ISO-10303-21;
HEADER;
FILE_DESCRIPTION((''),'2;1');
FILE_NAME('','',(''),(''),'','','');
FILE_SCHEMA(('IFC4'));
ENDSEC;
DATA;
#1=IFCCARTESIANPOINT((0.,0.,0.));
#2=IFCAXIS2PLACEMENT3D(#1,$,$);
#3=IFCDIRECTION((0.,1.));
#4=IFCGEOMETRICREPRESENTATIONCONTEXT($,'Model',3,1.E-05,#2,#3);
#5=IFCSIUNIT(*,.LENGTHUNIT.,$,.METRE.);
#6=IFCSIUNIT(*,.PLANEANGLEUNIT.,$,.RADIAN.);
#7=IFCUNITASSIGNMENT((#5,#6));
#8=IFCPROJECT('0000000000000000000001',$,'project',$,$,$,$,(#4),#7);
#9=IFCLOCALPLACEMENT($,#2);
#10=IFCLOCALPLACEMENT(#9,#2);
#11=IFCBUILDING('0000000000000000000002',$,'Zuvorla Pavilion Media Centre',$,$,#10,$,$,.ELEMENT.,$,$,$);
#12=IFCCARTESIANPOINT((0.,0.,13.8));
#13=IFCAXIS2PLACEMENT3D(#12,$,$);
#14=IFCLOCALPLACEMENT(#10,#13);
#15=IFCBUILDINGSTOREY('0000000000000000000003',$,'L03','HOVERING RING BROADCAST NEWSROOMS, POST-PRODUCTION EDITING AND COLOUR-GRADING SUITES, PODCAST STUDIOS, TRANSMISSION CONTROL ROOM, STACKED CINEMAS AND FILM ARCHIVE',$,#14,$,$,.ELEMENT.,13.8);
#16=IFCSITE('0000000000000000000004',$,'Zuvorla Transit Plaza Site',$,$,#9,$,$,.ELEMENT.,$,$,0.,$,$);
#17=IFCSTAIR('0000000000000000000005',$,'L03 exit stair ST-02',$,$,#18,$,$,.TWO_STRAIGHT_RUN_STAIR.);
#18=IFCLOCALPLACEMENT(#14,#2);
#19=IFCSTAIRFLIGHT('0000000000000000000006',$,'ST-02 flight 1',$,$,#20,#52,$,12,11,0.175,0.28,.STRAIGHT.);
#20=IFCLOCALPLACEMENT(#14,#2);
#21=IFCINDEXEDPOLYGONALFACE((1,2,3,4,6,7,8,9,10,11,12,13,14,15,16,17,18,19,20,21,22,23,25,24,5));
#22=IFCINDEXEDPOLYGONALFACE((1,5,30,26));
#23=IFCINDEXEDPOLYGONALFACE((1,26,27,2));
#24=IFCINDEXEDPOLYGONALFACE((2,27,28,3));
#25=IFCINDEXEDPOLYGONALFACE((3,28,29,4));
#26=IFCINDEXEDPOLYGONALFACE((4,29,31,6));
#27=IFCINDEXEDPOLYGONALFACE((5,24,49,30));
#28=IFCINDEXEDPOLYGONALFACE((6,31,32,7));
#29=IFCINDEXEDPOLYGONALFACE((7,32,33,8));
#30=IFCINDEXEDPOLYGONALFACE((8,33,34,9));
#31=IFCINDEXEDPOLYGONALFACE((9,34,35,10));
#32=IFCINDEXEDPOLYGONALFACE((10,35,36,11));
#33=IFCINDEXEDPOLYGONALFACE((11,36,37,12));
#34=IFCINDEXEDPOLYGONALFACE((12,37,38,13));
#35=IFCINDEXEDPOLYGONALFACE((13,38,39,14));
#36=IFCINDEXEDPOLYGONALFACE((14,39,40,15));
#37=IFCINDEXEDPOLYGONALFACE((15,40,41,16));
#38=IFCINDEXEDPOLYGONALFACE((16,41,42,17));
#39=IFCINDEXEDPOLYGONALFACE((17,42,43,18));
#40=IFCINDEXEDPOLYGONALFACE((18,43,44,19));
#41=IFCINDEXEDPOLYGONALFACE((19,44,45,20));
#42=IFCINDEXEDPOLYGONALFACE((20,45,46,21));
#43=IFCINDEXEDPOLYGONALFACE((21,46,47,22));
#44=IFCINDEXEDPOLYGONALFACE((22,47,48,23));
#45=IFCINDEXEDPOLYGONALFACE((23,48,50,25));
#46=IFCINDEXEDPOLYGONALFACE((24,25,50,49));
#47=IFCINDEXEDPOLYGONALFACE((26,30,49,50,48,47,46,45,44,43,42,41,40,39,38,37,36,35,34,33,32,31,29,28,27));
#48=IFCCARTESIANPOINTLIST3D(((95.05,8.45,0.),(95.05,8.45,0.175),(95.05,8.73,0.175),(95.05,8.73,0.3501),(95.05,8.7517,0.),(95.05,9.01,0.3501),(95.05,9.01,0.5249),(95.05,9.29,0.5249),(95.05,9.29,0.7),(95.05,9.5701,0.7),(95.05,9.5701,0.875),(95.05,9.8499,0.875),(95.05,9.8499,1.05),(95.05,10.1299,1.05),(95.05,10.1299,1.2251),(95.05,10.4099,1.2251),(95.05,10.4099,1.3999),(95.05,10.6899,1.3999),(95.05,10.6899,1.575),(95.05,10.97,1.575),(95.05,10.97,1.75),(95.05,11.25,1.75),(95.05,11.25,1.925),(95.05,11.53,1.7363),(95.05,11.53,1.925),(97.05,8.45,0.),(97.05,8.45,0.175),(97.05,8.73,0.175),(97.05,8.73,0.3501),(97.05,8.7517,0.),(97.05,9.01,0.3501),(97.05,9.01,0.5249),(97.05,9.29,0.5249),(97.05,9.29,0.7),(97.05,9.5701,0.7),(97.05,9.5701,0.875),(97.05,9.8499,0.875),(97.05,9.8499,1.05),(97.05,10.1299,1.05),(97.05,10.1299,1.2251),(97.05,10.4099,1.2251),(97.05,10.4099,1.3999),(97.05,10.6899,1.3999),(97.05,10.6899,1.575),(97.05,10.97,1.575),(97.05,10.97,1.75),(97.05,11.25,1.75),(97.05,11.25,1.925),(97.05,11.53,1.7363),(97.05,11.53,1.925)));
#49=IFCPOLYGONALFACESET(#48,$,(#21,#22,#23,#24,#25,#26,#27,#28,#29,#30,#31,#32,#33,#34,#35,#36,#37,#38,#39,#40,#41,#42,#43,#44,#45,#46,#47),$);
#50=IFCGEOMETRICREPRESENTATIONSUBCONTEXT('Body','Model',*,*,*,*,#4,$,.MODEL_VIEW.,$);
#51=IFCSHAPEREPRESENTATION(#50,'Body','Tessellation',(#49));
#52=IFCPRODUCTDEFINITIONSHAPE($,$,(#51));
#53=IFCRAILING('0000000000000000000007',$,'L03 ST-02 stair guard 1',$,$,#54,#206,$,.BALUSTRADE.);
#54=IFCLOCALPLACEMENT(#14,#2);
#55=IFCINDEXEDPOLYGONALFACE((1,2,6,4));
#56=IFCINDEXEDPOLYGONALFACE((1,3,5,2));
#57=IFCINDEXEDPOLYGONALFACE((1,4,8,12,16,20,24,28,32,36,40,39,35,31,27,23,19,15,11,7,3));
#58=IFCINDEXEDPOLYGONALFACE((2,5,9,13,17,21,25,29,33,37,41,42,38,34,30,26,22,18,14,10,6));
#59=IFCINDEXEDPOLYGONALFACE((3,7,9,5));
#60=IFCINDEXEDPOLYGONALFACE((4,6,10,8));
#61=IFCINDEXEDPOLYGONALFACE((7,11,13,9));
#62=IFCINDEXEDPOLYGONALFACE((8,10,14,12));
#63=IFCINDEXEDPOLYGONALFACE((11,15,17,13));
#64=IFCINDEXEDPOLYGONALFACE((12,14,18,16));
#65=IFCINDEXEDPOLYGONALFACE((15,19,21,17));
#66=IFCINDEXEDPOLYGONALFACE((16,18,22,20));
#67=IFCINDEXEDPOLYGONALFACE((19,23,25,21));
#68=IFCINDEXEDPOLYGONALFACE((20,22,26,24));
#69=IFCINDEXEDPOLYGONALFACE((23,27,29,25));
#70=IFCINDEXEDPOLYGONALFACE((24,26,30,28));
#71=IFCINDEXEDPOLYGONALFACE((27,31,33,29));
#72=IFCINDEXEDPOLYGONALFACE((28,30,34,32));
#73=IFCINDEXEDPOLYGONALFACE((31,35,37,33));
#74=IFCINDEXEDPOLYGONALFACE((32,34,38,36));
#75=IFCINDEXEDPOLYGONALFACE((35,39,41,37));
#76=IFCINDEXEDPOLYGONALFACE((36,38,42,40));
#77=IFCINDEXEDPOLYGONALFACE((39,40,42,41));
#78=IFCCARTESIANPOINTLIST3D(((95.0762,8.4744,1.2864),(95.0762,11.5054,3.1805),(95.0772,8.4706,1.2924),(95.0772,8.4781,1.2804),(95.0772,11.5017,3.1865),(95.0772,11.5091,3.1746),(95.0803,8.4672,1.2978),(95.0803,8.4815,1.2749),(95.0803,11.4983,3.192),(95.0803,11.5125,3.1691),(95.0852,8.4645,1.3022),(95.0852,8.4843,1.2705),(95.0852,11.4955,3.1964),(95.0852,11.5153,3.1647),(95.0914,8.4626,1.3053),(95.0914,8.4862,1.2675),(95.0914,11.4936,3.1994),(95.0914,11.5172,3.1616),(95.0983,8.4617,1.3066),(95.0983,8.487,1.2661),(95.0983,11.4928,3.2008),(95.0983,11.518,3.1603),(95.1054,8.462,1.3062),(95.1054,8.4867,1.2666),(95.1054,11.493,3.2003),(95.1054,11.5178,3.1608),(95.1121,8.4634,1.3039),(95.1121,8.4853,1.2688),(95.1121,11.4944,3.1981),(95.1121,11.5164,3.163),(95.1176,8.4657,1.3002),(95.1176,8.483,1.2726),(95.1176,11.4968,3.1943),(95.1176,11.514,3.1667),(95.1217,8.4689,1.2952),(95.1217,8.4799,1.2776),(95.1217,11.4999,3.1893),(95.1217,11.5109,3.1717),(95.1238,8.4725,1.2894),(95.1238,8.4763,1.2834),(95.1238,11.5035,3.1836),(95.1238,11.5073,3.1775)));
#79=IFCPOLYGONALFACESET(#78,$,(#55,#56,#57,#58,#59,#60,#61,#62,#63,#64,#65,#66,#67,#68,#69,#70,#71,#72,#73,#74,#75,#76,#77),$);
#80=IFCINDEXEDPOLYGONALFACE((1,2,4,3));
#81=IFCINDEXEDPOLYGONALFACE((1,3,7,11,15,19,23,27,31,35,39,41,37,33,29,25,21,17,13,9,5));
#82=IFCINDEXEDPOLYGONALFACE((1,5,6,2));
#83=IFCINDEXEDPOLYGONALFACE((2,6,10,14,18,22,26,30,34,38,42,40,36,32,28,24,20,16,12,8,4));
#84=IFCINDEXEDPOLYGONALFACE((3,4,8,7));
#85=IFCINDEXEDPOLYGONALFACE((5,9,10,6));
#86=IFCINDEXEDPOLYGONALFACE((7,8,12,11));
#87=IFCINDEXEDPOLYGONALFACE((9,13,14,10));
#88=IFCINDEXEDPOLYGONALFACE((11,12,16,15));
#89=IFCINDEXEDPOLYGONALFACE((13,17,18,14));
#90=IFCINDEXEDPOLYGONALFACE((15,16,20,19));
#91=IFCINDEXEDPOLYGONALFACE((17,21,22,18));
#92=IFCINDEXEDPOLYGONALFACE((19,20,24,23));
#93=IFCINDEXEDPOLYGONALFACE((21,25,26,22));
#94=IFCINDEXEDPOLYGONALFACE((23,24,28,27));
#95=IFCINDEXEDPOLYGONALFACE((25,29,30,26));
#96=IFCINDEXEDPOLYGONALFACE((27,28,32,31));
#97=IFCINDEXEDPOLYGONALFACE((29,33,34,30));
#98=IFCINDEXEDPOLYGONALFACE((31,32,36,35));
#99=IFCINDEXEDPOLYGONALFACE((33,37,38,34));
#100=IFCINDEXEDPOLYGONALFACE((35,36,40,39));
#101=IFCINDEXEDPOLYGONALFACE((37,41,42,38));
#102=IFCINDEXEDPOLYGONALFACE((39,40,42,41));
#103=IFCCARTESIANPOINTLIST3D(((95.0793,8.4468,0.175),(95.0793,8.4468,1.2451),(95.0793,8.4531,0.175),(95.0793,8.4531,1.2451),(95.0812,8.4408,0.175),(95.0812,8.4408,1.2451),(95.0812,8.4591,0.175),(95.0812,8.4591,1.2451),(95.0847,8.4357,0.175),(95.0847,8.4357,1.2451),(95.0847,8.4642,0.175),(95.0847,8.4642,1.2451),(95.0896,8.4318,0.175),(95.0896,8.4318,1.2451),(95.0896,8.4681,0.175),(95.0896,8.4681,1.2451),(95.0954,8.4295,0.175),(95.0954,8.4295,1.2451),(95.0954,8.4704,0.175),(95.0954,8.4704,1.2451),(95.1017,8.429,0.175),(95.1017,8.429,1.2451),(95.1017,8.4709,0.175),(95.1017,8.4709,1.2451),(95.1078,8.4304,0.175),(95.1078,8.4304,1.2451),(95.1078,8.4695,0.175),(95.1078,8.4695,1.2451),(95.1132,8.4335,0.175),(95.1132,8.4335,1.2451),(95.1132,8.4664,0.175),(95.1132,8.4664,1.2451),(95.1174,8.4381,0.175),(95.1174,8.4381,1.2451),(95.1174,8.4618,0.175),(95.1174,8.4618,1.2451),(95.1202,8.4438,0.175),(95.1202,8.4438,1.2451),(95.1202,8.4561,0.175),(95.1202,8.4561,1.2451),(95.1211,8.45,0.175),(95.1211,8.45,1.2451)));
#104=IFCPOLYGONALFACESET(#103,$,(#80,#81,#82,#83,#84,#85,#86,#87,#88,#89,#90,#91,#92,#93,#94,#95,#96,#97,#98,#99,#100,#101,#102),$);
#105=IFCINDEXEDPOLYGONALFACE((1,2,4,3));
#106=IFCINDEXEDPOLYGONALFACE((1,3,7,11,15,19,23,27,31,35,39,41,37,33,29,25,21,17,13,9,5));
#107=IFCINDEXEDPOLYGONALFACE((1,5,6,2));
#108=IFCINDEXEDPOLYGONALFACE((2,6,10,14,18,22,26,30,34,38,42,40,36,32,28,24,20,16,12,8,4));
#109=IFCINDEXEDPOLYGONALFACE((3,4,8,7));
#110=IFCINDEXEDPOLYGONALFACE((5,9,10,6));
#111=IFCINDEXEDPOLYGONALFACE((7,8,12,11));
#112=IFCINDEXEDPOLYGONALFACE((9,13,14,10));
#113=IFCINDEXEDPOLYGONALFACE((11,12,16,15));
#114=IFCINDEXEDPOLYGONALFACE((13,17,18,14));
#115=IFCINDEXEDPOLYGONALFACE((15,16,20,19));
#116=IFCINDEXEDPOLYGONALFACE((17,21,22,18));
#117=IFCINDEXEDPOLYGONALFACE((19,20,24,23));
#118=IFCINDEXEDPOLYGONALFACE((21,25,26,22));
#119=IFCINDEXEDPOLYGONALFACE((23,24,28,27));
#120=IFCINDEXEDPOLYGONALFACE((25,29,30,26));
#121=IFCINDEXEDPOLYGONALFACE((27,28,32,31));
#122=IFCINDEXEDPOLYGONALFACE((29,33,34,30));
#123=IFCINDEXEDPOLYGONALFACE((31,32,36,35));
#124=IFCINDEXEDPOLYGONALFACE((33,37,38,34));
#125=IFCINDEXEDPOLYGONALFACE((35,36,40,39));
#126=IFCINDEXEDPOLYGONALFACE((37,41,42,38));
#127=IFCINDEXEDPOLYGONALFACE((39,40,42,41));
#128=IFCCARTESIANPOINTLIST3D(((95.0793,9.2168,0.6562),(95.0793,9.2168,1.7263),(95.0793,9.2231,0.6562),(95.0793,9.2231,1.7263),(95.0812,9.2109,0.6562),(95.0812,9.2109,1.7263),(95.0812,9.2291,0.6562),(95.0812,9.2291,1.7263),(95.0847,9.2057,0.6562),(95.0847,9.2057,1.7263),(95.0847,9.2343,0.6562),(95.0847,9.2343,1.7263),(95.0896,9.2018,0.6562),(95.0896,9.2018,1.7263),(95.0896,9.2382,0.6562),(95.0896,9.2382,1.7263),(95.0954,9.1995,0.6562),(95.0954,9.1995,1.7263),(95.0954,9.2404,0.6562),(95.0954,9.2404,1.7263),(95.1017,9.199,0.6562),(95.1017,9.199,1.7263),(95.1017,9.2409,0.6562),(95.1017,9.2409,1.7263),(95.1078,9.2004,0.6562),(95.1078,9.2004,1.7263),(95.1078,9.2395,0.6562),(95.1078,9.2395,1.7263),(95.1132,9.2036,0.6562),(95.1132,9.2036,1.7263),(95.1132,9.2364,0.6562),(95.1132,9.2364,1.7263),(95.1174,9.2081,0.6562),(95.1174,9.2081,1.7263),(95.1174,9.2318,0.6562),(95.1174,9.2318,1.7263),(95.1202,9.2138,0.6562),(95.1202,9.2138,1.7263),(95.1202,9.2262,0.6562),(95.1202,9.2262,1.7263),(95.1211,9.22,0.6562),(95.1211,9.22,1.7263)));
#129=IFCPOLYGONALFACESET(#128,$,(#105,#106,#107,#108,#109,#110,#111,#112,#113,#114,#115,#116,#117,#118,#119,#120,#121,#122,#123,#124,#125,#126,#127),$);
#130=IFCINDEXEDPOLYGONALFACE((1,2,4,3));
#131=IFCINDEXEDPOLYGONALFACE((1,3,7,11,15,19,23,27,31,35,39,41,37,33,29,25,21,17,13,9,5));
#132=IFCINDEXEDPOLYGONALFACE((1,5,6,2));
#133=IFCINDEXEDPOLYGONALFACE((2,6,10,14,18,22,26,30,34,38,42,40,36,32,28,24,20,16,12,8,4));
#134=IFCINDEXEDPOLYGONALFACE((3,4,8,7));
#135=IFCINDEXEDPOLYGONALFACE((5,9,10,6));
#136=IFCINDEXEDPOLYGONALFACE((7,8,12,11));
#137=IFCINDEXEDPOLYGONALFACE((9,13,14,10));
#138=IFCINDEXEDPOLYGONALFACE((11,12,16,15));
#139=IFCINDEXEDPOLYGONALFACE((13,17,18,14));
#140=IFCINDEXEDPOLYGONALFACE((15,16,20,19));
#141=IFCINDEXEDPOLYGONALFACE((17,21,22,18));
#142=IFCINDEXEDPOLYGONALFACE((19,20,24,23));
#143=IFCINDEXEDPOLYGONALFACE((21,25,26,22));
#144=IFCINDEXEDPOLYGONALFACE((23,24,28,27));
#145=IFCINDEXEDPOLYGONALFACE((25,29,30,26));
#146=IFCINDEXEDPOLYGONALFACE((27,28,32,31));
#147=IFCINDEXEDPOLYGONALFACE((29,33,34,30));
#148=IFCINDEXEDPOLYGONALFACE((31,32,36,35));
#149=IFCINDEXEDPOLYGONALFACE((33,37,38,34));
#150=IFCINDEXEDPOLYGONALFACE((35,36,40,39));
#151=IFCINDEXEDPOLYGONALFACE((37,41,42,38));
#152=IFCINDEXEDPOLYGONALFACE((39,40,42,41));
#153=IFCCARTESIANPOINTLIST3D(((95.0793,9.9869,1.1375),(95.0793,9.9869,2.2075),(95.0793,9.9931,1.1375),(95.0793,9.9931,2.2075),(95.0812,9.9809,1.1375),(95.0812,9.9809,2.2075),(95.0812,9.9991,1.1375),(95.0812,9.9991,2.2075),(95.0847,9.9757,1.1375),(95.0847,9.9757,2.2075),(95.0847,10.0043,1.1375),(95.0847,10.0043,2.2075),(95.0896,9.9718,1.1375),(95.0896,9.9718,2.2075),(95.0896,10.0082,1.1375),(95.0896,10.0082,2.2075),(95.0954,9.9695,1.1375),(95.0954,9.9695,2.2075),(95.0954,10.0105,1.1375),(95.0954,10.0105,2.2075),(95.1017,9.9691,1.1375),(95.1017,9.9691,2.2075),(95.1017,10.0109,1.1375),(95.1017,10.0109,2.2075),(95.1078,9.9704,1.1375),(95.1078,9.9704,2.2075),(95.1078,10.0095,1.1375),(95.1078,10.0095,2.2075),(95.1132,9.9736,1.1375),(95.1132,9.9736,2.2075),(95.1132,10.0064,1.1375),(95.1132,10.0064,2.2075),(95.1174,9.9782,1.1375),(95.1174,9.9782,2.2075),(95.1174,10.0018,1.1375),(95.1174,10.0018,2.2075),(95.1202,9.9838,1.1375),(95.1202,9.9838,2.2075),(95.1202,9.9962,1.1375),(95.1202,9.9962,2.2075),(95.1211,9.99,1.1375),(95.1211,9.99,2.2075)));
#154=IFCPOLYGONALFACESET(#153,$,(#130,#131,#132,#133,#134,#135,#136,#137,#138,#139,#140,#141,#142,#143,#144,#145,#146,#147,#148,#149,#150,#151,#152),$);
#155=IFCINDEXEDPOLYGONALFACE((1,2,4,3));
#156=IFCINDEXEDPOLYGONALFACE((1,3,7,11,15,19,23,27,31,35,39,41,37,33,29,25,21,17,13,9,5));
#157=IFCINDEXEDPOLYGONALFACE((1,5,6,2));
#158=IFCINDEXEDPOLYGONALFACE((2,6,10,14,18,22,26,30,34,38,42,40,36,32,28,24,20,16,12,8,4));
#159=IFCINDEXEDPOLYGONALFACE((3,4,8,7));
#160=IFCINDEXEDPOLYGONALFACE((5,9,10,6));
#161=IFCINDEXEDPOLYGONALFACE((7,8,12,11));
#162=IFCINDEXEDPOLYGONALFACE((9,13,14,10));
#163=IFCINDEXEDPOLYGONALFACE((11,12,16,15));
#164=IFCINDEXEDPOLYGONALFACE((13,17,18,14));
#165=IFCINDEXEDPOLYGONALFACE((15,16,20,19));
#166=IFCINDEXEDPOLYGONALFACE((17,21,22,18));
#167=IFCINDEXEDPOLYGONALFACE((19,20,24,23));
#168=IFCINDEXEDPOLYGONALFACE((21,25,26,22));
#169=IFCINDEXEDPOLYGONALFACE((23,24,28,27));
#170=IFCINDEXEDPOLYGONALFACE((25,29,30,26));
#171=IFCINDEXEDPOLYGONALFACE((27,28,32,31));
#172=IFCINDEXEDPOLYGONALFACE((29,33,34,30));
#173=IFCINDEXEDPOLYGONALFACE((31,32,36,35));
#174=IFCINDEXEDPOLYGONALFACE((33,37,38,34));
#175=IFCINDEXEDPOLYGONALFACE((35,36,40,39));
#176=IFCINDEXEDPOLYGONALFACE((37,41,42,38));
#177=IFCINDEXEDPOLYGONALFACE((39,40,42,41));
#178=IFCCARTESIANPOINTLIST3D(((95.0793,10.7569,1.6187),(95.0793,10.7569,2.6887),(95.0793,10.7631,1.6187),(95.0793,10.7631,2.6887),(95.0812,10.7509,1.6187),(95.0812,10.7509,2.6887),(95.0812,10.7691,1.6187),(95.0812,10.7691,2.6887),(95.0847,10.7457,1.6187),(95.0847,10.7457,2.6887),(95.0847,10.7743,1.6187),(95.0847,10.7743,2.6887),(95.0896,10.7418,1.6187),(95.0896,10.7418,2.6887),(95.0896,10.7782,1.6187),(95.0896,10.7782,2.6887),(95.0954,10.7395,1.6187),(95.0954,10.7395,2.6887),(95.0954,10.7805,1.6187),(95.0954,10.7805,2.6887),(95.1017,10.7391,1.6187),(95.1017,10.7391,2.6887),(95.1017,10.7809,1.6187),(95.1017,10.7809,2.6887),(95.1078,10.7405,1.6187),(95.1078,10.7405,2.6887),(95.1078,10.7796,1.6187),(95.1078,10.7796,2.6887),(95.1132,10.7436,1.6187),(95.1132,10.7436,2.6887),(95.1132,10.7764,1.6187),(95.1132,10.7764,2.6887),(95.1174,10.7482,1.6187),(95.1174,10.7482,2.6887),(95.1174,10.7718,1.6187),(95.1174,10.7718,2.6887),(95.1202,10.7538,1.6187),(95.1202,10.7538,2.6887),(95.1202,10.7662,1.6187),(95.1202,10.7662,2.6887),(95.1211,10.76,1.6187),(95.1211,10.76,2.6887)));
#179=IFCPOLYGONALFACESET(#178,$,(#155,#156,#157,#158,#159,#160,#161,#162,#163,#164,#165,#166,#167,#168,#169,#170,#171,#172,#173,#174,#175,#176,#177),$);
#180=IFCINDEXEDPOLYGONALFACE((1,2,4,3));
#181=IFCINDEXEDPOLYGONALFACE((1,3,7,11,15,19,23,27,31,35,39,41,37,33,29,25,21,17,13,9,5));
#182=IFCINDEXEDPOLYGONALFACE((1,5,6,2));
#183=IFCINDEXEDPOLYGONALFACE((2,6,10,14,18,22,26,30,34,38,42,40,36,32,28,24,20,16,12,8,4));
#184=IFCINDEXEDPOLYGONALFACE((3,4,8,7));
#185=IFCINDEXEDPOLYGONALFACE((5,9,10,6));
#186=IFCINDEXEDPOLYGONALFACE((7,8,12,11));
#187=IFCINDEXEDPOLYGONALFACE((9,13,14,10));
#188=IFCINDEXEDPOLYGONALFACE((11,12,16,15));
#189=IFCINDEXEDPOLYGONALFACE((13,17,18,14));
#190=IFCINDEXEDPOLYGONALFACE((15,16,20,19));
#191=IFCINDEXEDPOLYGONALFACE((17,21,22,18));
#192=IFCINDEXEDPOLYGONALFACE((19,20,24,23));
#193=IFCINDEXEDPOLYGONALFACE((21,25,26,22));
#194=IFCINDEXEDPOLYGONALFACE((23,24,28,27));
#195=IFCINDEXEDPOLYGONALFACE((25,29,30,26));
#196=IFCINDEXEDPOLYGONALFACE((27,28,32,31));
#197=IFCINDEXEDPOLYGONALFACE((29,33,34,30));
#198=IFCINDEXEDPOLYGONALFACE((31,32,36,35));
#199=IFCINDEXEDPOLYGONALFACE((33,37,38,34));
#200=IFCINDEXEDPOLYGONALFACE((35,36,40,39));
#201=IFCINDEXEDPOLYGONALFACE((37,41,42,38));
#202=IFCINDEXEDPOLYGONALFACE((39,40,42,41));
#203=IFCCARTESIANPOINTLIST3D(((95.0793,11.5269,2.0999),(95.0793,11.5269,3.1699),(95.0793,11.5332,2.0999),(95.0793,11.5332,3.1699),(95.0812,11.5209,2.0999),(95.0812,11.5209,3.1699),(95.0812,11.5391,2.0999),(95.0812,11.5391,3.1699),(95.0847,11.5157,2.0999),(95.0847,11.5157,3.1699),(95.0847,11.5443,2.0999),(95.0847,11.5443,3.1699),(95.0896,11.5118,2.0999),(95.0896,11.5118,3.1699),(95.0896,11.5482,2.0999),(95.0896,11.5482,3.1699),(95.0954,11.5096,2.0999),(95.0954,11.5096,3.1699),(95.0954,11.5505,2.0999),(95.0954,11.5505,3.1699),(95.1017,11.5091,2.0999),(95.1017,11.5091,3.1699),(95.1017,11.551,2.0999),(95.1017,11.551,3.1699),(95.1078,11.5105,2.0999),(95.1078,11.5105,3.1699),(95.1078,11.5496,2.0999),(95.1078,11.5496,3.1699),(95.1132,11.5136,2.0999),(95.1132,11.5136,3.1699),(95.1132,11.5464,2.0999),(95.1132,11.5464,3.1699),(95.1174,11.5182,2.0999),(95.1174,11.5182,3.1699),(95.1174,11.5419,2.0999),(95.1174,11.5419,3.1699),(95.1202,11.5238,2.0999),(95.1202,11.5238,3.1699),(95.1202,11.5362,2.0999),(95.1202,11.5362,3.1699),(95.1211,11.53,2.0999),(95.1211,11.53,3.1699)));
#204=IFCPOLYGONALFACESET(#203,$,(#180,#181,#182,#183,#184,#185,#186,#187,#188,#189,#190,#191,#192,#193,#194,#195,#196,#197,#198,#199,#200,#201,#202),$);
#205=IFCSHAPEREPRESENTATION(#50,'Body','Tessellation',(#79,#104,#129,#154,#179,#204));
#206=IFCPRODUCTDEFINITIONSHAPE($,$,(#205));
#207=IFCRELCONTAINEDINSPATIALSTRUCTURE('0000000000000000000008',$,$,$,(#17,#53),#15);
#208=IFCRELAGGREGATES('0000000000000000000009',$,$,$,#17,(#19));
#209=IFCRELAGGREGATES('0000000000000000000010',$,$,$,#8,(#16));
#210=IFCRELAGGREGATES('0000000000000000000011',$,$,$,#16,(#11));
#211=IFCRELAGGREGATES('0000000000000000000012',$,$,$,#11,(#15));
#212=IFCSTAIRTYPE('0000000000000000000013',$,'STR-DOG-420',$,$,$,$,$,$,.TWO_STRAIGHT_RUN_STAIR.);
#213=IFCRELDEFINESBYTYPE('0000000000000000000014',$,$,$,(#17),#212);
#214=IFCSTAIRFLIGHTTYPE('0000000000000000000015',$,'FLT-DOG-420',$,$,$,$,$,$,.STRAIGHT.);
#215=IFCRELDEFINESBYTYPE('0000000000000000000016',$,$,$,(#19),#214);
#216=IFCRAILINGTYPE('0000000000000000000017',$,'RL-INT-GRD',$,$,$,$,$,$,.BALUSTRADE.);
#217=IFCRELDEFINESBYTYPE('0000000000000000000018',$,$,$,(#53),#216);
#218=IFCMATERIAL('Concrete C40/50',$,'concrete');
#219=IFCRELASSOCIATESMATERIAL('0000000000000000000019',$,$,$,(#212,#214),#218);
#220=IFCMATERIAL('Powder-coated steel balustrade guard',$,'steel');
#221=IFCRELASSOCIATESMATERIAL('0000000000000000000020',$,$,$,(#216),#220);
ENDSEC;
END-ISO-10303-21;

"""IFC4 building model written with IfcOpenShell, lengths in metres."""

from ifc_helpers import new_model, si_unit, direction, frame, origin, origin_2d, place, context, subcontext, project, spatial, polyline, circle, outline, extrude, material, type_object, element, aggregate, save


model = new_model("IFC4")

# Units and contexts
model_context = context("Model", 3, precision=1e-05, world=origin(), true_north=direction((0.0, 1.0)))
body_context = subcontext(model_context, "Body", "Model", "MODEL_VIEW")
ifc_project = project(units=[si_unit("LENGTHUNIT", "METRE"), si_unit("PLANEANGLEUNIT", "RADIAN")], contexts=[model_context])

# Site, building, storey
site_placement = place(None, origin())
site = spatial("IfcSite", under=ifc_project, at=site_placement, Name="Zuvorla Transit Plaza Site", CompositionType="ELEMENT", RefElevation=0.0)
building_placement = place(site_placement, origin())
building = spatial("IfcBuilding", under=site, at=building_placement, Name="Zuvorla Pavilion Media Centre", CompositionType="ELEMENT")
storey_placement = place(building_placement, frame((0.0, 0.0, 13.8)))
storey = spatial("IfcBuildingStorey", under=building, at=storey_placement, Name="L03", Description="HOVERING RING BROADCAST NEWSROOMS, POST-PRODUCTION EDITING AND COLOUR-GRADING SUITES, PODCAST STUDIOS, TRANSMISSION CONTROL ROOM, STACKED CINEMAS AND FILM ARCHIVE", CompositionType="ELEMENT", Elevation=13.8)

# Shared definitions
ifc_material_1 = material(Name="Concrete C40/50", Category="concrete")

# Stair, stair flight
stair_type = type_object("IfcStairType", Name="STR-DOG-420", PredefinedType="TWO_STRAIGHT_RUN_STAIR", material=ifc_material_1)
stair_placement = place(storey_placement, origin())
stair = element("IfcStair", 1, at=stair_placement, inside=storey, type_object=stair_type, Name="L03 exit stair ST-02", PredefinedType="TWO_STRAIGHT_RUN_STAIR")
stair_flight_type = type_object("IfcStairFlightType", Name="FLT-DOG-420", PredefinedType="STRAIGHT", material=ifc_material_1)
stair_flight_placement = place(storey_placement, frame((96.05, 8.45, 0.0), z_axis=(0.0, 0.0, 1.0), x_axis=(0.0, 1.0, 0.0)))
stair_flight = element("IfcStairFlight", 2, at=stair_flight_placement, type_object=stair_flight_type, Name="ST-02 flight 1", NumberOfRisers=12, NumberOfTreads=11, PredefinedType="STRAIGHT", RiserHeight=0.175, TreadLength=0.28, context=body_context, shape_type="SweptSolid", body=[
    extrude(outline(polyline([(0.0, 0.0), (0.0, 0.175), (0.28, 0.175), (0.28, 0.3501), (0.5601, 0.3501), (0.5601, 0.5249), (0.8401, 0.5249), (0.8401, 0.7), (1.1201, 0.7), (1.1201, 0.875), (1.3999, 0.875), (1.3999, 1.05), (1.6799, 1.05), (1.6799, 1.2251), (1.96, 1.2251), (1.96, 1.3999), (2.24, 1.3999), (2.24, 1.575), (2.52, 1.575), (2.52, 1.75), (2.8, 1.75), (2.8, 1.925), (3.0801, 1.925), (3.0801, 2.1001), (3.0801, 1.7363), (0.3018, 0.0), (0.0, 0.0)])), frame((0.0, 1.0, 0.0), z_axis=(0.0, -1.0, 0.0), x_axis=(1.0, 0.0, 0.0)), (0.0, 0.0, 1.0), 2.0),
])
aggregate(stair, [stair_flight])

# Railing
ifc_material_2 = material(Name="Powder-coated steel balustrade guard", Category="steel")
railing_type_1 = type_object("IfcRailingType", Name="RL-INT-GRD", PredefinedType="BALUSTRADE", material=ifc_material_2)
railing_1_placement = place(storey_placement, frame((95.1001, 8.45, 0.175)))
element("IfcRailing", 3, at=railing_1_placement, inside=storey, type_object=railing_type_1, Name="L03 ST-02 stair guard 1", PredefinedType="BALUSTRADE", context=body_context, shape_type="SweptSolid", body=[
    extrude(circle(Radius=0.0239, at=origin_2d()), frame((0.0, 0.0244, 1.1113), z_axis=(0.0, 0.848029, 0.529951), x_axis=(-1.0, 0.0, 0.0)), (0.0, 0.0, 1.0), 3.5742),
    extrude(circle(Radius=0.021, at=origin_2d()), origin(), (0.0, 0.0, 1.0), 1.0701),
    extrude(circle(Radius=0.021, at=origin_2d()), frame((0.0, 0.77, 0.4812)), (0.0, 0.0, 1.0), 1.0701),
    extrude(circle(Radius=0.021, at=origin_2d()), frame((0.0, 1.54, 0.9624)), (0.0, 0.0, 1.0), 1.0701),
    extrude(circle(Radius=0.021, at=origin_2d()), frame((0.0, 2.3101, 1.4436)), (0.0, 0.0, 1.0), 1.0701),
    extrude(circle(Radius=0.021, at=origin_2d()), frame((0.0, 3.0801, 1.9248)), (0.0, 0.0, 1.0), 1.0701),
])

save(model, "model.ifc")
